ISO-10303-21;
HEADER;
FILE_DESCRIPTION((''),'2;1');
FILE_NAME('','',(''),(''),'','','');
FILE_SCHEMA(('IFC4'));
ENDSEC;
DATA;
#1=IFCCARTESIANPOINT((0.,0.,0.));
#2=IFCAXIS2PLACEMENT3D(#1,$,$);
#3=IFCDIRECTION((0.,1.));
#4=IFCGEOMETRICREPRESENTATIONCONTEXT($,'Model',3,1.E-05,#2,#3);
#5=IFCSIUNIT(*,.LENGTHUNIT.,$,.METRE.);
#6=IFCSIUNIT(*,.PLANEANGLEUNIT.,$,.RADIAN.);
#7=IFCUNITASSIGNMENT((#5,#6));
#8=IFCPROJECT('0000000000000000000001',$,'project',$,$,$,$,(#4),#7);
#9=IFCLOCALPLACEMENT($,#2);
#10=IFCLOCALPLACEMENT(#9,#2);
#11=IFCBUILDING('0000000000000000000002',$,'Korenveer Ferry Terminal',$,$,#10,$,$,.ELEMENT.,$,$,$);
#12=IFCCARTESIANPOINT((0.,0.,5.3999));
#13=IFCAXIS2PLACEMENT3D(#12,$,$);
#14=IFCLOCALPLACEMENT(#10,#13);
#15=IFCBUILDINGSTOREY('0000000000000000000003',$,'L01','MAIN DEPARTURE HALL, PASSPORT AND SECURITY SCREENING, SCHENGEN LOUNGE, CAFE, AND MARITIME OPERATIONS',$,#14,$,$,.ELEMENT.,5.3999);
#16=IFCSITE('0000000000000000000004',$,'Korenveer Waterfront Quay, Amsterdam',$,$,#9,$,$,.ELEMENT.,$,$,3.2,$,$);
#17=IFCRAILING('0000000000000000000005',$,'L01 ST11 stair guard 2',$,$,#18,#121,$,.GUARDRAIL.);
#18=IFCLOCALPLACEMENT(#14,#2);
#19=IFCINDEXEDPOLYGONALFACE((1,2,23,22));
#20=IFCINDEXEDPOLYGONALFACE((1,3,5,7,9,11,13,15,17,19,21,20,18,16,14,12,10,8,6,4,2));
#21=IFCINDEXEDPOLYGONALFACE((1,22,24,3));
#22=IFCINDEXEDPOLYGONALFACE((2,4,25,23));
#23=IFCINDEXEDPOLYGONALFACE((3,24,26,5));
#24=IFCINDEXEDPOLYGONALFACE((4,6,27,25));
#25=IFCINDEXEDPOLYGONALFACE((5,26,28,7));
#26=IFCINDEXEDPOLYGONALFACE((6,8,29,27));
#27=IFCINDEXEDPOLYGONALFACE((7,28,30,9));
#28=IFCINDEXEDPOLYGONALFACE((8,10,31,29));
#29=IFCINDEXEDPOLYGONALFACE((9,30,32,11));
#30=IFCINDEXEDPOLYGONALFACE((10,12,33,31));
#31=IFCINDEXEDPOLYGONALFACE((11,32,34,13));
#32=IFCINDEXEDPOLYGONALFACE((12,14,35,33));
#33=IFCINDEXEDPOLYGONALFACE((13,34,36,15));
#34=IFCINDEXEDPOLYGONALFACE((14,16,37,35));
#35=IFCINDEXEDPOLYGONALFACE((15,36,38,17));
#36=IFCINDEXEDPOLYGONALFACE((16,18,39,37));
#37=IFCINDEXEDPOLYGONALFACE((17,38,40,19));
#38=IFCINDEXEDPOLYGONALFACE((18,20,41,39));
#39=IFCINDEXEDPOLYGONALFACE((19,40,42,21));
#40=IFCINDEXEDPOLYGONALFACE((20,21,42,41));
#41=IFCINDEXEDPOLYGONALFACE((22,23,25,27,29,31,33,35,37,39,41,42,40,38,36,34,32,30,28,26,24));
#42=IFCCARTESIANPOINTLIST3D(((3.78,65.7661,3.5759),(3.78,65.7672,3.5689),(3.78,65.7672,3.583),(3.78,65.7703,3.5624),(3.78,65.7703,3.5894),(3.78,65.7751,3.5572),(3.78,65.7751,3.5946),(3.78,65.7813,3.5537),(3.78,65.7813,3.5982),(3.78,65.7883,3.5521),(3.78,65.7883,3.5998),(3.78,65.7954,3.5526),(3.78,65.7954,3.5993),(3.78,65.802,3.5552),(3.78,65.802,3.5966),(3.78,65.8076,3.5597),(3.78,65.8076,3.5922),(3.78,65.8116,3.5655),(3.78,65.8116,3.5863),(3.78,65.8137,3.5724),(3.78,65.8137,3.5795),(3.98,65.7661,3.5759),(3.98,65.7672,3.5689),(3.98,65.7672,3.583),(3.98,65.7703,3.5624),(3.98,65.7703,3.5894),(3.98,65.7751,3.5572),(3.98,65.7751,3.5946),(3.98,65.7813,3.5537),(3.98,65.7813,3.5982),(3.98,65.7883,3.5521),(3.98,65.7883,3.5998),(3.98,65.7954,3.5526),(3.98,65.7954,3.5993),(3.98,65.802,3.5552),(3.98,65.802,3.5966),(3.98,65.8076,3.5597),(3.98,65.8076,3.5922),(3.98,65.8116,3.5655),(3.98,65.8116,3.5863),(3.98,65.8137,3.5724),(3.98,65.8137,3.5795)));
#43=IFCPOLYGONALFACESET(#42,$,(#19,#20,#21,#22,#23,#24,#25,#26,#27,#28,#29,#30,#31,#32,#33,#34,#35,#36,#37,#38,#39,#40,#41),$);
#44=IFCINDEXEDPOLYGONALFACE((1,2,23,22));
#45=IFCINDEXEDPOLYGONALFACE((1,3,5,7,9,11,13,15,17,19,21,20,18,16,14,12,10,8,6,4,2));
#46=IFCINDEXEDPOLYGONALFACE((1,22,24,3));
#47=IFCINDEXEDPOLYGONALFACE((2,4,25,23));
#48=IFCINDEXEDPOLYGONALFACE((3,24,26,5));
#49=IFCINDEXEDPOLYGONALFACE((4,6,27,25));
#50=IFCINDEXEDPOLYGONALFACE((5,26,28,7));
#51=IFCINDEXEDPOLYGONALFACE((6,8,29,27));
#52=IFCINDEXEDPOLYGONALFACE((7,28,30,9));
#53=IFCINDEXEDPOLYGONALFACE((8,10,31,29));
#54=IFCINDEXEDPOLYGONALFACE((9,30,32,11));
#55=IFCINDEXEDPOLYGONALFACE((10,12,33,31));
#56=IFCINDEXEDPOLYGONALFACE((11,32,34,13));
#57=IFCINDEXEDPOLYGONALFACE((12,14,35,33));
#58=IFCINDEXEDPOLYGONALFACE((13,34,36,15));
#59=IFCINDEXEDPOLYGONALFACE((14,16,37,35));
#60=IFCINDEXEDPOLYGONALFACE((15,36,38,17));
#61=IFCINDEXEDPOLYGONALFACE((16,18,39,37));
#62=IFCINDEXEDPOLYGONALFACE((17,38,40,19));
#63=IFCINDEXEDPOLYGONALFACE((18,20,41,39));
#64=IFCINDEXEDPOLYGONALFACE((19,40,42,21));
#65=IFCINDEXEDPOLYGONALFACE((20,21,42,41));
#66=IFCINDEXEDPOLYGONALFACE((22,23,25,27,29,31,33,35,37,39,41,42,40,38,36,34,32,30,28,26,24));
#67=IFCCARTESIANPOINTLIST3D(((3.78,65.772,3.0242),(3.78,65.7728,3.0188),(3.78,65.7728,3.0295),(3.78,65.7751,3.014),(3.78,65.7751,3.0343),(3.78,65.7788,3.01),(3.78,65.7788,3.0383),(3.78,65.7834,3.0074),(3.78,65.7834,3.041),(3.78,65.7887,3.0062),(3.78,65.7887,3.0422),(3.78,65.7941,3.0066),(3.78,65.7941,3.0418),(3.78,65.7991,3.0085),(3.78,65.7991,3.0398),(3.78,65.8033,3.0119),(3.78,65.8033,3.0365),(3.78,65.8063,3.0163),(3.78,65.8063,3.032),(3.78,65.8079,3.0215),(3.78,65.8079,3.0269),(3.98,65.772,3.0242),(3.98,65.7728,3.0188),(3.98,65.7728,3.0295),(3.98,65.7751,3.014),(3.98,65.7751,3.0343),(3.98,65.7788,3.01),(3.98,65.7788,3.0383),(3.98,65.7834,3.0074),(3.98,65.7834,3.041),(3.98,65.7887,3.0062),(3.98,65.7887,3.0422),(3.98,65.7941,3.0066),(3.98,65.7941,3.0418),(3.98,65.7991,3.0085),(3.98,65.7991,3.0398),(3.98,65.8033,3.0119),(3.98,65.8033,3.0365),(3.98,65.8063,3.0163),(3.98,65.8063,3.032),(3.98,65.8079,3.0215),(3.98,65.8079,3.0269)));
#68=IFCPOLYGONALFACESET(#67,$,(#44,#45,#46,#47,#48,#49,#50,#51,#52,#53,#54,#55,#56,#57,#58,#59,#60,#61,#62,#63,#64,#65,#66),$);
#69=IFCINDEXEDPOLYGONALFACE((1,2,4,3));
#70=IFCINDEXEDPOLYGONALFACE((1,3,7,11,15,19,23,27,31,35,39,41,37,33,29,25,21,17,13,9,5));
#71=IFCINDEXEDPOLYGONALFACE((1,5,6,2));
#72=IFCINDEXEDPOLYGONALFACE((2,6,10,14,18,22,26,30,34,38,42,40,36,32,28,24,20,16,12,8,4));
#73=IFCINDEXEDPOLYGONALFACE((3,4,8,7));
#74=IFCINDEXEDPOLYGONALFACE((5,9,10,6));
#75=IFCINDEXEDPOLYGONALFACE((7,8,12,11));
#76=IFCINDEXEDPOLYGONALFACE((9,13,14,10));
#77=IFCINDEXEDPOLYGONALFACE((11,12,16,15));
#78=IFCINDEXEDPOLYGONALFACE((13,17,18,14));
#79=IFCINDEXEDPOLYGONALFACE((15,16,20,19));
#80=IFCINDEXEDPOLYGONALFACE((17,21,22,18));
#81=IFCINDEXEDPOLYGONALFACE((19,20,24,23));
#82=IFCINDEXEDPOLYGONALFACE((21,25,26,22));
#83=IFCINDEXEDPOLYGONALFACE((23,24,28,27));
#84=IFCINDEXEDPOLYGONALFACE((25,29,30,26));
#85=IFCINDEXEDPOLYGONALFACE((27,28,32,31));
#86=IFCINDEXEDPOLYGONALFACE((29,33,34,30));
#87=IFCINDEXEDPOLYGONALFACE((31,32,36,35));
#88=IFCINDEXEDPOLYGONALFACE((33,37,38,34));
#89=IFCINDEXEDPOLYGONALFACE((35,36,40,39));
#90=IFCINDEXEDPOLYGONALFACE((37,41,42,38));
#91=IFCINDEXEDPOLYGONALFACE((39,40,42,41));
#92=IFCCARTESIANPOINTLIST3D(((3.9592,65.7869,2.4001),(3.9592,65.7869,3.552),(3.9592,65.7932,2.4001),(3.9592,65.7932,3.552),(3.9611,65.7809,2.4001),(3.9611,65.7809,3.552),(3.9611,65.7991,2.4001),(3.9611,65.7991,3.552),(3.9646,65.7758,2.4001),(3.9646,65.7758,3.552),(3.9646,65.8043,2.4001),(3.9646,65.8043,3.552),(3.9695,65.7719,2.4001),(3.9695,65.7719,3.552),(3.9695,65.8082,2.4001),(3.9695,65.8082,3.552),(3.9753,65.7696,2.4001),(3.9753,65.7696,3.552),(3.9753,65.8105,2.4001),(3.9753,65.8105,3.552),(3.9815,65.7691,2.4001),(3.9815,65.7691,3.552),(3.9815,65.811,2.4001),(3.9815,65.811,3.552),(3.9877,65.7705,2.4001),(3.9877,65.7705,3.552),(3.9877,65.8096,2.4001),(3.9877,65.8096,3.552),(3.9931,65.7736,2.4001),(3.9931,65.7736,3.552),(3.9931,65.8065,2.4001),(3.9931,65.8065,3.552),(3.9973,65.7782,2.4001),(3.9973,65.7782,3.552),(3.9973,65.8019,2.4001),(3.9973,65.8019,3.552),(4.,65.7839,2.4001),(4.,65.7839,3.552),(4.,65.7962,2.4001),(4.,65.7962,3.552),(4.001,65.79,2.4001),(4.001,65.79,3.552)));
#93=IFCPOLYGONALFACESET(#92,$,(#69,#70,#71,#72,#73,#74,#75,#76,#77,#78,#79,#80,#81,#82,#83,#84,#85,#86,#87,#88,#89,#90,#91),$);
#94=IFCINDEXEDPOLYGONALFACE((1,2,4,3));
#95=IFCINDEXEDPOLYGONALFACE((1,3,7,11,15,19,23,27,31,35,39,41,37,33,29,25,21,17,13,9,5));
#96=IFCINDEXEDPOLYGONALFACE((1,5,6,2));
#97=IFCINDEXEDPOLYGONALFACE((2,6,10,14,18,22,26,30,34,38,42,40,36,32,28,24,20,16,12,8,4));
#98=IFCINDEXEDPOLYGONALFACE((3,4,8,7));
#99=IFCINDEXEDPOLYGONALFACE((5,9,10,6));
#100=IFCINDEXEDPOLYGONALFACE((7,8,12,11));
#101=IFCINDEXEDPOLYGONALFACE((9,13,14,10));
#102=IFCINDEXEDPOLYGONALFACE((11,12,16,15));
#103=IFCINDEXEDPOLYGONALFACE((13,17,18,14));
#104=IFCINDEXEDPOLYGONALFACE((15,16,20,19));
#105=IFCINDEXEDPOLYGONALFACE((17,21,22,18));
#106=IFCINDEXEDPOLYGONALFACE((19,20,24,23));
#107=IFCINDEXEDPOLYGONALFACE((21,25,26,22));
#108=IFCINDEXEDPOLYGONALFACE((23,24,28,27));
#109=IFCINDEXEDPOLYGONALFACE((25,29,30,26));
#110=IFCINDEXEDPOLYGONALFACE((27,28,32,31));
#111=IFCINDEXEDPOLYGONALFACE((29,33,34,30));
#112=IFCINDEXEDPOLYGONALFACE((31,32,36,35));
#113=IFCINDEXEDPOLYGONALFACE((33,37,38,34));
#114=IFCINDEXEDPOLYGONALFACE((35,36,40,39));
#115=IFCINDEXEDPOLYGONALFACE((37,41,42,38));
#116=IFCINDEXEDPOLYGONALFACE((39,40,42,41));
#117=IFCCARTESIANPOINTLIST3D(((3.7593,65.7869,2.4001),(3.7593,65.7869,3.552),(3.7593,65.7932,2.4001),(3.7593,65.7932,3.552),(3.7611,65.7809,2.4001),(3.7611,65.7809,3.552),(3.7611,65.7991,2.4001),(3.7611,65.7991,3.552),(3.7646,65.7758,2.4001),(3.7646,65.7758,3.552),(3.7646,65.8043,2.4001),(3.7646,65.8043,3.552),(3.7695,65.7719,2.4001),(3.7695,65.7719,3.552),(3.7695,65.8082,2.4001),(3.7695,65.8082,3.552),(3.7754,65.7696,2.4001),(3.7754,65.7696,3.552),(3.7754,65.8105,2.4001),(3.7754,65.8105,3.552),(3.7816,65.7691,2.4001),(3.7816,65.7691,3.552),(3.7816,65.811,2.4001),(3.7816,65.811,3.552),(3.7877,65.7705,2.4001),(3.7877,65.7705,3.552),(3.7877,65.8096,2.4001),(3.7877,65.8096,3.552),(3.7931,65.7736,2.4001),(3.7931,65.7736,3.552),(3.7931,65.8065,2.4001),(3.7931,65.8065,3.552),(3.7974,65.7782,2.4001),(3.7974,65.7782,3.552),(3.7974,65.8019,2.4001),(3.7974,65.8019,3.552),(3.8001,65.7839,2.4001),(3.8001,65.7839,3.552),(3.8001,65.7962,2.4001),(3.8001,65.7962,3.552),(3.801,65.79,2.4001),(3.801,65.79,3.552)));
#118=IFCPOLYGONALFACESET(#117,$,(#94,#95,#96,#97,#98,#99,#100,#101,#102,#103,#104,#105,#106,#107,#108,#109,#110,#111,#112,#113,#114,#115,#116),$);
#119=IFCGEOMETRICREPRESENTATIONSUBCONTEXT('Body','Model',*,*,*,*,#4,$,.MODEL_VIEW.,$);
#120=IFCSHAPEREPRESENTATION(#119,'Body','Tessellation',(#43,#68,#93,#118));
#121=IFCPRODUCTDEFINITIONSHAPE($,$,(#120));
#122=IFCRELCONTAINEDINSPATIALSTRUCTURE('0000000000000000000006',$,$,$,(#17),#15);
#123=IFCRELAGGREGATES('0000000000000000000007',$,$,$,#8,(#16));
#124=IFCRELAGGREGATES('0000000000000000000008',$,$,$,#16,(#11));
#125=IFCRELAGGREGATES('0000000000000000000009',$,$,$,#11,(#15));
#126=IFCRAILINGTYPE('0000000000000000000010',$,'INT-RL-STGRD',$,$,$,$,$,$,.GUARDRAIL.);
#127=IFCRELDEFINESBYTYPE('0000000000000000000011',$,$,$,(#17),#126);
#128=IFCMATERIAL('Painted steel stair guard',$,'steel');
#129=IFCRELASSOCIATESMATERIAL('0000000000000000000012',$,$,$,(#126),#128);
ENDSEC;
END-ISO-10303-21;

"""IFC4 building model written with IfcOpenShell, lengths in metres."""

from ifc_helpers import new_model, si_unit, direction, frame, origin, origin_2d, place, context, subcontext, project, spatial, circle, extrude, material, type_object, element, save


model = new_model("IFC4")

# Units and contexts
model_context = context("Model", 3, precision=1e-05, world=origin(), true_north=direction((0.0, 1.0)))
body_context = subcontext(model_context, "Body", "Model", "MODEL_VIEW")
ifc_project = project(units=[si_unit("LENGTHUNIT", "METRE"), si_unit("PLANEANGLEUNIT", "RADIAN")], contexts=[model_context])

# Site, building, storey
site_placement = place(None, origin())
site = spatial("IfcSite", under=ifc_project, at=site_placement, Name="Korenveer Waterfront Quay, Amsterdam", CompositionType="ELEMENT", RefElevation=3.2)
building_placement = place(site_placement, origin())
building = spatial("IfcBuilding", under=site, at=building_placement, Name="Korenveer Ferry Terminal", CompositionType="ELEMENT")
storey_placement = place(building_placement, frame((0.0, 0.0, 5.3999)))
storey = spatial("IfcBuildingStorey", under=building, at=storey_placement, Name="L01", Description="MAIN DEPARTURE HALL, PASSPORT AND SECURITY SCREENING, SCHENGEN LOUNGE, CAFE, AND MARITIME OPERATIONS", CompositionType="ELEMENT", Elevation=5.3999)

# Railing
ifc_material_1 = material(Name="Painted steel stair guard", Category="steel")
railing_type_1 = type_object("IfcRailingType", Name="INT-RL-STGRD", PredefinedType="GUARDRAIL", material=ifc_material_1)
railing_1_placement = place(storey_placement, frame((3.98, 65.79, 2.4001)))
element("IfcRailing", 1, at=railing_1_placement, inside=storey, type_object=railing_type_1, Name="L01 ST11 stair guard 2", PredefinedType="GUARDRAIL", context=body_context, shape_type="SweptSolid", body=[
    extrude(circle(Radius=0.0239, at=origin_2d()), frame((0.0, 0.0, 1.1758), z_axis=(-1.0, 0.0, 0.0), x_axis=(0.0, -1.0, 0.0)), (0.0, 0.0, 1.0), 0.2),
    extrude(circle(Radius=0.0181, at=origin_2d()), frame((0.0, 0.0, 0.624), z_axis=(-1.0, 0.0, 0.0), x_axis=(0.0, -1.0, 0.0)), (0.0, 0.0, 1.0), 0.2),
    extrude(circle(Radius=0.021, at=origin_2d()), origin(), (0.0, 0.0, 1.0), 1.1519),
    extrude(circle(Radius=0.021, at=origin_2d()), frame((-0.2, 0.0, 0.0)), (0.0, 0.0, 1.0), 1.1519),
])

save(model, "model.ifc")
